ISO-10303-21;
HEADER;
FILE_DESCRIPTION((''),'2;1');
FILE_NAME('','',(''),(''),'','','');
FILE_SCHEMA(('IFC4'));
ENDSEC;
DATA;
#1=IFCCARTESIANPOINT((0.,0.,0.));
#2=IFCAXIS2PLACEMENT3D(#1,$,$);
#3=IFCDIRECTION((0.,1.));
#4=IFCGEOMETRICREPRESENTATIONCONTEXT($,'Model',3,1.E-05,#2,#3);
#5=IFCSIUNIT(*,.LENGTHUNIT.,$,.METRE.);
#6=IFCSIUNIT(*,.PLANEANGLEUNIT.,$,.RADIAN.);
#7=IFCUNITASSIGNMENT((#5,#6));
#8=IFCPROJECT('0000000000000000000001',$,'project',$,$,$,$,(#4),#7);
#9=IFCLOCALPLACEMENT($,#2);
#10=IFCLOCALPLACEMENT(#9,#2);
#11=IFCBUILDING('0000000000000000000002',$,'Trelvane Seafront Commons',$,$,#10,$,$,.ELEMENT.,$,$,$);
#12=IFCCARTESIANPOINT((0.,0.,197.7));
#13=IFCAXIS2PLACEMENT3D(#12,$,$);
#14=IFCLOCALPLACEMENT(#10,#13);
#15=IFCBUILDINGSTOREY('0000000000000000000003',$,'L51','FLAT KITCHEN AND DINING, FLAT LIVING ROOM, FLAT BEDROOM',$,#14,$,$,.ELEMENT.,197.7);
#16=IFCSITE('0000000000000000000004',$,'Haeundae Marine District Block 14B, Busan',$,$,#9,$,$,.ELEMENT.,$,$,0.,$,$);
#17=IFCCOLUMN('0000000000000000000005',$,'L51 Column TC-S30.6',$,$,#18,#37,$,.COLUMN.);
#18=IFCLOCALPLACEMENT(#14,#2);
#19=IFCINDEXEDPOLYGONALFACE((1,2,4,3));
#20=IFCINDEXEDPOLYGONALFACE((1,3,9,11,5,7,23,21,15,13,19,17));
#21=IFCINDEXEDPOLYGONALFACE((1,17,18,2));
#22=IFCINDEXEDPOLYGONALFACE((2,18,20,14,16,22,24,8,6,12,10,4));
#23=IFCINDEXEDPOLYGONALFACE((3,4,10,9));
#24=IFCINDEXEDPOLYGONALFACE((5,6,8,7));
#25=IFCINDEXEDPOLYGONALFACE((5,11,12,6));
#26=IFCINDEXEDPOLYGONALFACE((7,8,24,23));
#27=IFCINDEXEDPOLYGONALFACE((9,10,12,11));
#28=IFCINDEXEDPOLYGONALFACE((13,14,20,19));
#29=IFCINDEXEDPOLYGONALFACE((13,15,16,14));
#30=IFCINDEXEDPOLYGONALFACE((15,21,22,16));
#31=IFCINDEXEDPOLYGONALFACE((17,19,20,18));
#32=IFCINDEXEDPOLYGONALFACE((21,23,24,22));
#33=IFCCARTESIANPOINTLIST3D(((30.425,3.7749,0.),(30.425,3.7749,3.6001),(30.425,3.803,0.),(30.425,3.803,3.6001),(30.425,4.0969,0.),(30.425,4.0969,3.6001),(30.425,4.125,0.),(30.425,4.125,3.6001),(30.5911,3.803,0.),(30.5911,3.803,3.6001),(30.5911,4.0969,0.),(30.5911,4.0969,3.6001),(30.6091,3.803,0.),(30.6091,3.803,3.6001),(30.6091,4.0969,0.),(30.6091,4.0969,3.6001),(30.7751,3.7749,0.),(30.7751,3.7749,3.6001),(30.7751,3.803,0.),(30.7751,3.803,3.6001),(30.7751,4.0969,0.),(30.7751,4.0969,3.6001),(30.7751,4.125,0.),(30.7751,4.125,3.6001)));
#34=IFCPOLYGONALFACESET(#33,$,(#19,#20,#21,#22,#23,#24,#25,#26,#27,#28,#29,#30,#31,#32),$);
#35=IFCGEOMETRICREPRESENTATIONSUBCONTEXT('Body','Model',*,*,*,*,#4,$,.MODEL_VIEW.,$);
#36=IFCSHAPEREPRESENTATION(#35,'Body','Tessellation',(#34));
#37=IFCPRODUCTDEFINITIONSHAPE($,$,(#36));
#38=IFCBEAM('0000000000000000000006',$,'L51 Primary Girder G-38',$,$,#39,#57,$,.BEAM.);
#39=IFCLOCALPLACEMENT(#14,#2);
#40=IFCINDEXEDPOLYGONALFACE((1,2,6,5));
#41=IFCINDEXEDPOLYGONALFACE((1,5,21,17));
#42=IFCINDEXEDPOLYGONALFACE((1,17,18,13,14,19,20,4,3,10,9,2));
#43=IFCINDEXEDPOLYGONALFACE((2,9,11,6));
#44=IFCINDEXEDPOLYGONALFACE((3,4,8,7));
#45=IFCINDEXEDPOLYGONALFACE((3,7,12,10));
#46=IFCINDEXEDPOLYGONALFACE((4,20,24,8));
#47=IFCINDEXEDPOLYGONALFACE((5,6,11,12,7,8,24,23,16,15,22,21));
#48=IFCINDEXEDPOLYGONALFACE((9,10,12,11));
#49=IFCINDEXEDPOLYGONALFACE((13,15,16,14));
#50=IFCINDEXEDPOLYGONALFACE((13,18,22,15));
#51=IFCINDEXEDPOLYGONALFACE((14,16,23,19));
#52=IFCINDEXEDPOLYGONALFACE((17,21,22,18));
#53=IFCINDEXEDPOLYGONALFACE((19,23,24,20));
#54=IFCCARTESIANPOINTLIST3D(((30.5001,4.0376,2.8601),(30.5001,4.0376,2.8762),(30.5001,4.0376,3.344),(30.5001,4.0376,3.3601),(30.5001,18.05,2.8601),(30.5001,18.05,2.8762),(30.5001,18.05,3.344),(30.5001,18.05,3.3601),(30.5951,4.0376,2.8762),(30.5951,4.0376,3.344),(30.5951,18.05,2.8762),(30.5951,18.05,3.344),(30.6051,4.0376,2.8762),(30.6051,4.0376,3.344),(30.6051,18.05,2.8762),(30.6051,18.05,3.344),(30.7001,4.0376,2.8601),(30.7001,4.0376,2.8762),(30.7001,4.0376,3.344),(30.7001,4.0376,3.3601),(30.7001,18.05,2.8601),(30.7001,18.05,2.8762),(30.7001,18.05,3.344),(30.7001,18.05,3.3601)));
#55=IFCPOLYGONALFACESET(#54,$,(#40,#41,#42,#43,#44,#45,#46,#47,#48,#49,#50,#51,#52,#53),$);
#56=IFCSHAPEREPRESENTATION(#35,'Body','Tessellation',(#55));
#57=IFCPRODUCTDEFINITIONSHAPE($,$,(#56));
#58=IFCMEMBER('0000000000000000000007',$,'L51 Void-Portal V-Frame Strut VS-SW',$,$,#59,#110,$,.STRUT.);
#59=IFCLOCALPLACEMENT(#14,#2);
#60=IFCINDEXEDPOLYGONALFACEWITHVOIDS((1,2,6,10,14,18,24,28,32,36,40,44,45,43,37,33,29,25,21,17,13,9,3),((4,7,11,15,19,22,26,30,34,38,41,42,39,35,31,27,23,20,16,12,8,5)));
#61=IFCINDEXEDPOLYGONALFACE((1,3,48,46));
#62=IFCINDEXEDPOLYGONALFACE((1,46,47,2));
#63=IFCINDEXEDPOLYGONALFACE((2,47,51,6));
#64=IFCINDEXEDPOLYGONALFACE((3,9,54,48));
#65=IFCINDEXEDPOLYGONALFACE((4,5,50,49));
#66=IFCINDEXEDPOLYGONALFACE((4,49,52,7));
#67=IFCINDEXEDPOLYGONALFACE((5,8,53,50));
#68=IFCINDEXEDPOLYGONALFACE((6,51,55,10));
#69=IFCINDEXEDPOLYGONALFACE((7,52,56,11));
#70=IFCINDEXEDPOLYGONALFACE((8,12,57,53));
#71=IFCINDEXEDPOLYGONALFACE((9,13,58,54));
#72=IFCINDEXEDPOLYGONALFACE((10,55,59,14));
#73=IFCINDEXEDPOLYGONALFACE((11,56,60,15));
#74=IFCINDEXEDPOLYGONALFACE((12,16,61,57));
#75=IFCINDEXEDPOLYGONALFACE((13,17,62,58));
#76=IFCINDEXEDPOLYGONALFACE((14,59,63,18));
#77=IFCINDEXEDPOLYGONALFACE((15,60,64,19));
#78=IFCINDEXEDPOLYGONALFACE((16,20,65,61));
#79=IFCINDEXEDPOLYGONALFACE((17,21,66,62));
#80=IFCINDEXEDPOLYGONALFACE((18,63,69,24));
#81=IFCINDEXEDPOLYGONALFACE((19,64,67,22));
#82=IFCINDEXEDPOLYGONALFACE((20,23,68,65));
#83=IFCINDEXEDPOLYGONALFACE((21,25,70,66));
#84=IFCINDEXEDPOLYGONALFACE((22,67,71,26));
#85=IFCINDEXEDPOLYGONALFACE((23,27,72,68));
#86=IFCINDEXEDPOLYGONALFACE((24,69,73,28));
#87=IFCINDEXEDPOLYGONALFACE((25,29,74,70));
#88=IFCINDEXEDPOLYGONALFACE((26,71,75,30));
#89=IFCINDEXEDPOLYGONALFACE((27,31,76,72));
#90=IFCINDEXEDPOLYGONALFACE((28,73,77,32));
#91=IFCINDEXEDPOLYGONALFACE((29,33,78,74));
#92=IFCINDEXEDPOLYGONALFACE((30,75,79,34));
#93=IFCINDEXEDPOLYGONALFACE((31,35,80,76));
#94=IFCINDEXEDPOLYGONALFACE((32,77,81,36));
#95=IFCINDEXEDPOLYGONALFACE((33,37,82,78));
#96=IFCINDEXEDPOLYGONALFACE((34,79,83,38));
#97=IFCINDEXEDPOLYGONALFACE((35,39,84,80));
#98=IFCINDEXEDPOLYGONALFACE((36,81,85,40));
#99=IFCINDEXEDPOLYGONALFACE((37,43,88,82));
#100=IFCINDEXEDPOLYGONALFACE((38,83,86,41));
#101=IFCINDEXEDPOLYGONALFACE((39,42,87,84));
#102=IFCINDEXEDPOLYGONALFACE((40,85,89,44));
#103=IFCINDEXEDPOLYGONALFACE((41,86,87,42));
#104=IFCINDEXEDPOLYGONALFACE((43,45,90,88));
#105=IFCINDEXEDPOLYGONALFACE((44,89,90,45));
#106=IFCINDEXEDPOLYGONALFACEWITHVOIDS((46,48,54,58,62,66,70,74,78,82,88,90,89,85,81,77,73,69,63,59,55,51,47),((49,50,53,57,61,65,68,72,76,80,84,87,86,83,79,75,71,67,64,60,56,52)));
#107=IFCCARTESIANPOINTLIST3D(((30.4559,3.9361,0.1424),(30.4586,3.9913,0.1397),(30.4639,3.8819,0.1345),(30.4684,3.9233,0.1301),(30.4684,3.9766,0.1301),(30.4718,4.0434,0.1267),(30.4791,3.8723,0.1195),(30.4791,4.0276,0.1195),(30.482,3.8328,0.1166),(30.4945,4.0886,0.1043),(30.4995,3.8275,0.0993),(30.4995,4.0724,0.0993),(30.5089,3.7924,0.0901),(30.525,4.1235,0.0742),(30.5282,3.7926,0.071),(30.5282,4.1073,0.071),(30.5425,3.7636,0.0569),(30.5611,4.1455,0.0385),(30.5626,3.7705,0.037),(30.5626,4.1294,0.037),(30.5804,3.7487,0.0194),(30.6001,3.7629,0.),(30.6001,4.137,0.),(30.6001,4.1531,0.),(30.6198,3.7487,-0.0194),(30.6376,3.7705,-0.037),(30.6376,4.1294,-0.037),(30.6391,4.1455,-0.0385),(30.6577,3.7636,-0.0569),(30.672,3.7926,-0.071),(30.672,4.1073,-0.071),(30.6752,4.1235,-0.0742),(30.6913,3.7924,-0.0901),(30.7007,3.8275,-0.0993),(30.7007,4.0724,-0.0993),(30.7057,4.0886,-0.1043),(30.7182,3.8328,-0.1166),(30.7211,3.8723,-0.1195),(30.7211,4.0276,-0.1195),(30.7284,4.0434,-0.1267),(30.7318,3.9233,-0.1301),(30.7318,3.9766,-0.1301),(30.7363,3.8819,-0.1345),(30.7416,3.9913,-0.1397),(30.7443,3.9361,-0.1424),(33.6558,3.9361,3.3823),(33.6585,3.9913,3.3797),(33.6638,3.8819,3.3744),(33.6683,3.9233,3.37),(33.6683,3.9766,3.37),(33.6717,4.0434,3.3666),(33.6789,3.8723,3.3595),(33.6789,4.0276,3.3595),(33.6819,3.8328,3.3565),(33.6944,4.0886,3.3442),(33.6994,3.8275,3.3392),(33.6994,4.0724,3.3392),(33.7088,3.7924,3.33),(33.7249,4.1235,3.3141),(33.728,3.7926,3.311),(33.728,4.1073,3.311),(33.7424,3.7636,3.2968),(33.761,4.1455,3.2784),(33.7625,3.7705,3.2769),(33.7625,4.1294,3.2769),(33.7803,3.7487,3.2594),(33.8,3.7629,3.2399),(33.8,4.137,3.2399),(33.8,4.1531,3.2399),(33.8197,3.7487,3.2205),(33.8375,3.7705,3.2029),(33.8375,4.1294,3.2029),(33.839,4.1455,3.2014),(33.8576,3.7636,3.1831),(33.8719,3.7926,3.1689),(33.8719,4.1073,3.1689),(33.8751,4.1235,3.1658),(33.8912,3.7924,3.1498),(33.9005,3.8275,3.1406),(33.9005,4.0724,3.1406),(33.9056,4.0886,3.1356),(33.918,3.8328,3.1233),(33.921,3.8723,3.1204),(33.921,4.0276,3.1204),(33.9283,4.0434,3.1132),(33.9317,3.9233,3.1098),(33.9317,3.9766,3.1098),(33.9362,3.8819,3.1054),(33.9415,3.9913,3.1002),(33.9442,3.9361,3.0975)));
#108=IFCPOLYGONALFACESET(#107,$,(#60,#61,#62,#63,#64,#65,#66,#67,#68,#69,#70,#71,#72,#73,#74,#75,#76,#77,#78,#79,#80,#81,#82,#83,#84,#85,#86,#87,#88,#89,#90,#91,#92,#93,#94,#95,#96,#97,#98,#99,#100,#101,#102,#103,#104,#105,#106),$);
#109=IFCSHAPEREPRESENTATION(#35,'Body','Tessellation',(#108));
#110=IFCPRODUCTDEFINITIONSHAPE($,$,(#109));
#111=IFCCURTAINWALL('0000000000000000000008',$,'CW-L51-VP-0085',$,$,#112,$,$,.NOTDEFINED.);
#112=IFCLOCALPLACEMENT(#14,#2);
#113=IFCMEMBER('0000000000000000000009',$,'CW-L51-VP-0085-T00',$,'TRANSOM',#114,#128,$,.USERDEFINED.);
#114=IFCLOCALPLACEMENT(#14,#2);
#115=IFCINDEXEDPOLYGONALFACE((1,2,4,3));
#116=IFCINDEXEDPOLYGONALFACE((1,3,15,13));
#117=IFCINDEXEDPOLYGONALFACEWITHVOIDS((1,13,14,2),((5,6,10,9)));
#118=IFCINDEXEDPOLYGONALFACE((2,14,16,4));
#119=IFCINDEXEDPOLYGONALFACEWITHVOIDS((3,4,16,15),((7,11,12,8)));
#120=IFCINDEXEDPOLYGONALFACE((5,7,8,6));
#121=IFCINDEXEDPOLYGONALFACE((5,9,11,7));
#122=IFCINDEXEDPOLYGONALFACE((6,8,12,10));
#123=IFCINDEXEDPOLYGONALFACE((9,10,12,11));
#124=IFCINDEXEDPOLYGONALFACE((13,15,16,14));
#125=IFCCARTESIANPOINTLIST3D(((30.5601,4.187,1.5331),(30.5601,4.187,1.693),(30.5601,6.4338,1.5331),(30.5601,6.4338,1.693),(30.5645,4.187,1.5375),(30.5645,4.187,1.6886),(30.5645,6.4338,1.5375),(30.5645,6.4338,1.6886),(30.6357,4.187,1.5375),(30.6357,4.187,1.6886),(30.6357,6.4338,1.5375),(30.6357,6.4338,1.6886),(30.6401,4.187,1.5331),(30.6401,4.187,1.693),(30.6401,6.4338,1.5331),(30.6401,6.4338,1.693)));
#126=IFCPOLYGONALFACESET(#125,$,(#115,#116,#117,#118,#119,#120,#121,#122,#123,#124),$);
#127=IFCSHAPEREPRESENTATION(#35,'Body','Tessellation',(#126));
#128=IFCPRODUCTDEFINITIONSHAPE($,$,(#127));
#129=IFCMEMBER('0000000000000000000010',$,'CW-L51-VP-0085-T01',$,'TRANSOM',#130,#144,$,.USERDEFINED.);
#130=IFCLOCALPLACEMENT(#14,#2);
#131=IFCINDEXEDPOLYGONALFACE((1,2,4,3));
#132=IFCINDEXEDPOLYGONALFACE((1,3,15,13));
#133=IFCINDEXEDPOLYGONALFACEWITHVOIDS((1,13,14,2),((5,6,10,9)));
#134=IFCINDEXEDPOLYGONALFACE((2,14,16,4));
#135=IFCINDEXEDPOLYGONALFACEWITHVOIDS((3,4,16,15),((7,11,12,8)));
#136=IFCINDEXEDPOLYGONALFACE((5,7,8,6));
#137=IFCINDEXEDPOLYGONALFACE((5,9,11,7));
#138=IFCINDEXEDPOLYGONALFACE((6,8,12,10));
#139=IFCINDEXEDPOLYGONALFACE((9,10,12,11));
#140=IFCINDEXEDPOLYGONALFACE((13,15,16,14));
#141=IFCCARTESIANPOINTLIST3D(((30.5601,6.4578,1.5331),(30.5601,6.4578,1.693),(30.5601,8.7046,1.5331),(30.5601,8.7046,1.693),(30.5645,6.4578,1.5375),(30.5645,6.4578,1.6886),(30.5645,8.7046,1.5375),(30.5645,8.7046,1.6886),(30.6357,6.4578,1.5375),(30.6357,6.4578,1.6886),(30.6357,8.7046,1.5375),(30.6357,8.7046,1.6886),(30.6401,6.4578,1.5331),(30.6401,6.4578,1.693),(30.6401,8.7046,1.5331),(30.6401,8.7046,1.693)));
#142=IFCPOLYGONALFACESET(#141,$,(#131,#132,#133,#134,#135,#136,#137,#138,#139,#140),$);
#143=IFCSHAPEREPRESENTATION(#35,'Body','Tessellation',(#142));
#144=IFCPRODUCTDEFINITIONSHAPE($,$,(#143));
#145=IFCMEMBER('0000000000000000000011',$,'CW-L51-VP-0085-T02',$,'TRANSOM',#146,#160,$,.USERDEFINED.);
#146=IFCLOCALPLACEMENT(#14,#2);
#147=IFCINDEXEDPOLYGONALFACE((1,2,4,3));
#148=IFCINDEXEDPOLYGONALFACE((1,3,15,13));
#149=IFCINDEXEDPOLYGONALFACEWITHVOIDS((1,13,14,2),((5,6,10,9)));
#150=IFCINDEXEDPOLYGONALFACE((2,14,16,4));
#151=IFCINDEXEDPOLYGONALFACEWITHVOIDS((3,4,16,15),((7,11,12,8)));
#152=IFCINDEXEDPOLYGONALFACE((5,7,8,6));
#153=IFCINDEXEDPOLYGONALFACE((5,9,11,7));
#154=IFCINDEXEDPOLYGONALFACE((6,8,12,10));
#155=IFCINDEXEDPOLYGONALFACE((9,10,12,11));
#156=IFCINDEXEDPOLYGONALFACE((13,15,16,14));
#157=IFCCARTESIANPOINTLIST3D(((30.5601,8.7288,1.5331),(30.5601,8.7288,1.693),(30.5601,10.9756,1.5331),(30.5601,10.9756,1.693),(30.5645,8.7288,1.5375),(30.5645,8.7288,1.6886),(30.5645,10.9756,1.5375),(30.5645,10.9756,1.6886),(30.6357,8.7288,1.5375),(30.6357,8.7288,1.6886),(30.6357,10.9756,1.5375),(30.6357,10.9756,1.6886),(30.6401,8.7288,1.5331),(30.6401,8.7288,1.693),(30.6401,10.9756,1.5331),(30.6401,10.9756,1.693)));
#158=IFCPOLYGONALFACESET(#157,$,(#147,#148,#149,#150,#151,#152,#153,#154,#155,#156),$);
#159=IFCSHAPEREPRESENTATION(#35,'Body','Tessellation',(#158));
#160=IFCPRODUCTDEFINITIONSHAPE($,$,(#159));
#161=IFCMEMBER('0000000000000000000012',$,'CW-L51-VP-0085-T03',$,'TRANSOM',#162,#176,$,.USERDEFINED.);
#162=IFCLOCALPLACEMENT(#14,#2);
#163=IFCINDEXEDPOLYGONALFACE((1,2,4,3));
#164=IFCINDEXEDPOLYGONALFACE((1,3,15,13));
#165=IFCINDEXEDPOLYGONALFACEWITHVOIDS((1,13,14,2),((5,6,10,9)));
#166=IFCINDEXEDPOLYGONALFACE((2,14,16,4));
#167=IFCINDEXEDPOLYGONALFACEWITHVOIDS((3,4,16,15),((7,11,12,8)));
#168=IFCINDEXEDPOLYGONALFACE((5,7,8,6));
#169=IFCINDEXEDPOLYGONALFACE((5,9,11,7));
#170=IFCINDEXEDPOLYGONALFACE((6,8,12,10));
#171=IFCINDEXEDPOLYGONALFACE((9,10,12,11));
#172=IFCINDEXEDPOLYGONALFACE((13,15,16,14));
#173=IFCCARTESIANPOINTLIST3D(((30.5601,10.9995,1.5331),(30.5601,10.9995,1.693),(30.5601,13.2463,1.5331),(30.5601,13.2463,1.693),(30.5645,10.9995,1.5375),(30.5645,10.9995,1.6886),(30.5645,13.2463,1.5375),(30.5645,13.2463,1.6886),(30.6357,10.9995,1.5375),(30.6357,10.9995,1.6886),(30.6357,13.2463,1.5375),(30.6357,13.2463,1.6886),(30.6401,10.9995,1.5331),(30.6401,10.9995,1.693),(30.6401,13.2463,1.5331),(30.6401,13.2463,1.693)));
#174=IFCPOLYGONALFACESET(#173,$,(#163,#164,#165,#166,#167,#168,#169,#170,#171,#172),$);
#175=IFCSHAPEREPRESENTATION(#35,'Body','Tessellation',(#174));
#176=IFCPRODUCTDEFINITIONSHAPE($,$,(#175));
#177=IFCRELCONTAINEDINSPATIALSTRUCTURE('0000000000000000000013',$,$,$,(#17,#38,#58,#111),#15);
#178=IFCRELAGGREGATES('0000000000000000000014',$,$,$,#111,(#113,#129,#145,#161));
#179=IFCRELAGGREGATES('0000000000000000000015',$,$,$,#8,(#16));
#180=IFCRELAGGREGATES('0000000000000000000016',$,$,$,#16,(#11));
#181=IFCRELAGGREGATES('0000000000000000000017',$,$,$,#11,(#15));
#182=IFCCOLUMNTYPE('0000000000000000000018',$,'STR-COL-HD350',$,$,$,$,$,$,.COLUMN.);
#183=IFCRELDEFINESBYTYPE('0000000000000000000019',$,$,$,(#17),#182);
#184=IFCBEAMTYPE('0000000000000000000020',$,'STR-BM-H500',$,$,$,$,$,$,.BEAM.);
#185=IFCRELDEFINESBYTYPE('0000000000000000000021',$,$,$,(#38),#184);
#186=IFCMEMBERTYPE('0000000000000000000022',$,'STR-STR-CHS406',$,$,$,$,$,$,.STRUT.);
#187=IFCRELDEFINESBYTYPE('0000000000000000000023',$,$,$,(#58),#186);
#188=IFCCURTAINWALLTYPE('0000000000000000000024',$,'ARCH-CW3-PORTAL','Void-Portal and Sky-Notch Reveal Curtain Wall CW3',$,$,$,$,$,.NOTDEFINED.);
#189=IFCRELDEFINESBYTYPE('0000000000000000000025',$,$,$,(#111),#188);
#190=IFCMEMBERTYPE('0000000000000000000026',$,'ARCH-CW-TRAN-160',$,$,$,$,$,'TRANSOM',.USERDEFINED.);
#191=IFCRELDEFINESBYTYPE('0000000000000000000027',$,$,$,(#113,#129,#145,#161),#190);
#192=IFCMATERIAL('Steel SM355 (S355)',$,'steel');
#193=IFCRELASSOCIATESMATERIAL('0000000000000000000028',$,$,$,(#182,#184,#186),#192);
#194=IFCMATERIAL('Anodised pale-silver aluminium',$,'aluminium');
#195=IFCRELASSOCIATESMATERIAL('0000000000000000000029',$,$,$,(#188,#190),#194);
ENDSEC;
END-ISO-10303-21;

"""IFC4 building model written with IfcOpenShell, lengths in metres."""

from ifc_helpers import new_model, si_unit, direction, frame, origin, origin_2d, place, context, subcontext, project, spatial, hollow_rectangle, hollow_circle, i_section, extrude, source, transform, mapped, material, material_profile, profile_set, type_object, element, aggregate, save


model = new_model("IFC4")

# Units and contexts
model_context = context("Model", 3, precision=1e-05, world=origin(), true_north=direction((0.0, 1.0)))
body_context = subcontext(model_context, "Body", "Model", "MODEL_VIEW")
ifc_project = project(units=[si_unit("LENGTHUNIT", "METRE"), si_unit("PLANEANGLEUNIT", "RADIAN")], contexts=[model_context])

# Site, building, storey
site_placement = place(None, origin())
site = spatial("IfcSite", under=ifc_project, at=site_placement, Name="Haeundae Marine District Block 14B, Busan", CompositionType="ELEMENT", RefElevation=0.0)
building_placement = place(site_placement, origin())
building = spatial("IfcBuilding", under=site, at=building_placement, Name="Trelvane Seafront Commons", CompositionType="ELEMENT")
storey_placement = place(building_placement, frame((0.0, 0.0, 197.7)))
storey = spatial("IfcBuildingStorey", under=building, at=storey_placement, Name="L51", Description="FLAT KITCHEN AND DINING, FLAT LIVING ROOM, FLAT BEDROOM", CompositionType="ELEMENT", Elevation=197.7)

# Column
ifc_material_1 = material(Name="Steel SM355 (S355)", Category="steel")
ifc_material_profile_1 = material_profile(ifc_material_1, i_section(OverallWidth=0.3501, OverallDepth=0.3501, WebThickness=0.0181, FlangeThickness=0.0281, at=origin_2d()), Name="HD-350x350x18x28")
ifc_profile_set_1 = profile_set([ifc_material_profile_1], Name="Steel SM355 (S355)")
column_type = type_object("IfcColumnType", Name="STR-COL-HD350", PredefinedType="COLUMN", material=ifc_profile_set_1)
shared_shape_1 = source(origin(), body_context, "Body", "SweptSolid", [
    extrude(i_section(OverallWidth=0.3501, OverallDepth=0.3501, WebThickness=0.0181, FlangeThickness=0.0281, at=origin_2d()), origin(), (0.0, 0.0, 1.0), 3.6001),
])
column_placement = place(storey_placement, frame((30.6001, 3.95, 0.0), z_axis=(0.0, 0.0, 1.0), x_axis=(1.0, 0.0, 0.0)))
element("IfcColumn", 1, at=column_placement, inside=storey, type_object=column_type, Name="L51 Column TC-S30.6", PredefinedType="COLUMN", context=body_context, shape_type="MappedRepresentation", body=[
    mapped(shared_shape_1, transform((0.0, 0.0, 0.0), x_axis=(1.0, 0.0, 0.0), y_axis=(0.0, 1.0, 0.0), z_axis=(0.0, 0.0, 1.0), scale=1.0)),
])

# Beam
ifc_material_profile_2 = material_profile(ifc_material_1, i_section(OverallWidth=0.2, OverallDepth=0.5, WebThickness=0.01, FlangeThickness=0.0161, at=origin_2d()), Name="H-500x200x10x16")
ifc_profile_set_2 = profile_set([ifc_material_profile_2], Name="Steel SM355 (S355)")
beam_type = type_object("IfcBeamType", Name="STR-BM-H500", PredefinedType="BEAM", material=ifc_profile_set_2)
shared_shape_2 = source(origin(), body_context, "Body", "SweptSolid", [
    extrude(i_section(OverallWidth=0.2, OverallDepth=0.5, WebThickness=0.01, FlangeThickness=0.0161, at=origin_2d()), origin(), (0.0, 0.0, 1.0), 14.0125),
])
beam_placement = place(storey_placement, frame((30.6001, 4.0376, 3.1101), z_axis=(0.0, 1.0, 0.0), x_axis=(-1.0, 0.0, 0.0)))
element("IfcBeam", 2, at=beam_placement, inside=storey, type_object=beam_type, Name="L51 Primary Girder G-38", PredefinedType="BEAM", context=body_context, shape_type="MappedRepresentation", body=[
    mapped(shared_shape_2, transform((0.0, 0.0, 0.0), x_axis=(1.0, 0.0, 0.0), y_axis=(0.0, 1.0, 0.0), z_axis=(0.0, 0.0, 1.0), scale=1.0)),
])

# Member
ifc_material_profile_3 = material_profile(ifc_material_1, hollow_circle(Radius=0.2031, WallThickness=0.0161, at=origin_2d()), Name="CHS-406.4x16")
ifc_profile_set_3 = profile_set([ifc_material_profile_3], Name="Steel SM355 (S355)")
member_type_1 = type_object("IfcMemberType", Name="STR-STR-CHS406", PredefinedType="STRUT", material=ifc_profile_set_3)
shared_shape_3 = source(origin(), body_context, "Body", "SweptSolid", [
    extrude(hollow_circle(Radius=0.2031, WallThickness=0.0161, at=origin_2d()), origin(), (0.0, 0.0, 1.0), 4.5537),
])
member_1_placement = place(storey_placement, frame((30.6001, 3.95, 0.0), z_axis=(0.702697, 0.0, 0.711489), x_axis=(0.0, 1.0, 0.0)))
element("IfcMember", 3, at=member_1_placement, inside=storey, type_object=member_type_1, Name="L51 Void-Portal V-Frame Strut VS-SW", PredefinedType="STRUT", context=body_context, shape_type="MappedRepresentation", body=[
    mapped(shared_shape_3, transform((0.0, 0.0, 0.0), x_axis=(1.0, 0.0, 0.0), y_axis=(0.0, 1.0, 0.0), z_axis=(0.0, 0.0, 1.0), scale=1.0)),
])

# Curtain wall, members
ifc_material_2 = material(Name="Anodised pale-silver aluminium", Category="aluminium")
curtain_wall_type = type_object("IfcCurtainWallType", Name="ARCH-CW3-PORTAL", Description="Void-Portal and Sky-Notch Reveal Curtain Wall CW3", PredefinedType="NOTDEFINED", material=ifc_material_2)
curtain_wall_placement = place(storey_placement, origin())
curtain_wall = element("IfcCurtainWall", 4, at=curtain_wall_placement, inside=storey, type_object=curtain_wall_type, Name="CW-L51-VP-0085", PredefinedType="NOTDEFINED")
ifc_material_profile_4 = material_profile(ifc_material_2, hollow_rectangle(XDim=0.0801, YDim=0.1599, WallThickness=0.0044, at=origin_2d()), Name="TRAN-80x160x4.5")
ifc_profile_set_4 = profile_set([ifc_material_profile_4], Name="Anodised pale-silver aluminium")
member_type_2 = type_object("IfcMemberType", Name="ARCH-CW-TRAN-160", ElementType="TRANSOM", PredefinedType="USERDEFINED", material=ifc_profile_set_4)
shared_shape_4 = source(origin(), body_context, "Body", "SweptSolid", [
    extrude(hollow_rectangle(XDim=0.0801, YDim=0.1599, WallThickness=0.0044, at=origin_2d()), origin(), (0.0, 0.0, 1.0), 2.2468),
])
member_2_placement = place(storey_placement, frame((30.6001, 4.187, 1.613), z_axis=(0.0, 1.0, 0.0), x_axis=(-1.0, 0.0, 0.0)))
member_2 = element("IfcMember", 5, at=member_2_placement, type_object=member_type_2, Name="CW-L51-VP-0085-T00", ObjectType="TRANSOM", PredefinedType="USERDEFINED", context=body_context, shape_type="MappedRepresentation", body=[
    mapped(shared_shape_4, transform((0.0, 0.0, 0.0), x_axis=(1.0, 0.0, 0.0), y_axis=(0.0, 1.0, 0.0), z_axis=(0.0, 0.0, 1.0), scale=1.0)),
])
member_3_placement = place(storey_placement, frame((30.6001, 6.4578, 1.613), z_axis=(0.0, 1.0, 0.0), x_axis=(-1.0, 0.0, 0.0)))
member_3 = element("IfcMember", 6, at=member_3_placement, type_object=member_type_2, Name="CW-L51-VP-0085-T01", ObjectType="TRANSOM", PredefinedType="USERDEFINED", context=body_context, shape_type="MappedRepresentation", body=[
    mapped(shared_shape_4, transform((0.0, 0.0, 0.0), x_axis=(1.0, 0.0, 0.0), y_axis=(0.0, 1.0, 0.0), z_axis=(0.0, 0.0, 1.0), scale=1.0)),
])
member_4_placement = place(storey_placement, frame((30.6001, 8.7288, 1.613), z_axis=(0.0, 1.0, 0.0), x_axis=(-1.0, 0.0, 0.0)))
member_4 = element("IfcMember", 7, at=member_4_placement, type_object=member_type_2, Name="CW-L51-VP-0085-T02", ObjectType="TRANSOM", PredefinedType="USERDEFINED", context=body_context, shape_type="MappedRepresentation", body=[
    mapped(shared_shape_4, transform((0.0, 0.0, 0.0), x_axis=(1.0, 0.0, 0.0), y_axis=(0.0, 1.0, 0.0), z_axis=(0.0, 0.0, 1.0), scale=1.0)),
])
member_5_placement = place(storey_placement, frame((30.6001, 10.9995, 1.613), z_axis=(0.0, 1.0, 0.0), x_axis=(-1.0, 0.0, 0.0)))
member_5 = element("IfcMember", 8, at=member_5_placement, type_object=member_type_2, Name="CW-L51-VP-0085-T03", ObjectType="TRANSOM", PredefinedType="USERDEFINED", context=body_context, shape_type="MappedRepresentation", body=[
    mapped(shared_shape_4, transform((0.0, 0.0, 0.0), x_axis=(1.0, 0.0, 0.0), y_axis=(0.0, 1.0, 0.0), z_axis=(0.0, 0.0, 1.0), scale=1.0)),
])

aggregate(curtain_wall, [member_2, member_3, member_4, member_5])

save(model, "model.ifc")
